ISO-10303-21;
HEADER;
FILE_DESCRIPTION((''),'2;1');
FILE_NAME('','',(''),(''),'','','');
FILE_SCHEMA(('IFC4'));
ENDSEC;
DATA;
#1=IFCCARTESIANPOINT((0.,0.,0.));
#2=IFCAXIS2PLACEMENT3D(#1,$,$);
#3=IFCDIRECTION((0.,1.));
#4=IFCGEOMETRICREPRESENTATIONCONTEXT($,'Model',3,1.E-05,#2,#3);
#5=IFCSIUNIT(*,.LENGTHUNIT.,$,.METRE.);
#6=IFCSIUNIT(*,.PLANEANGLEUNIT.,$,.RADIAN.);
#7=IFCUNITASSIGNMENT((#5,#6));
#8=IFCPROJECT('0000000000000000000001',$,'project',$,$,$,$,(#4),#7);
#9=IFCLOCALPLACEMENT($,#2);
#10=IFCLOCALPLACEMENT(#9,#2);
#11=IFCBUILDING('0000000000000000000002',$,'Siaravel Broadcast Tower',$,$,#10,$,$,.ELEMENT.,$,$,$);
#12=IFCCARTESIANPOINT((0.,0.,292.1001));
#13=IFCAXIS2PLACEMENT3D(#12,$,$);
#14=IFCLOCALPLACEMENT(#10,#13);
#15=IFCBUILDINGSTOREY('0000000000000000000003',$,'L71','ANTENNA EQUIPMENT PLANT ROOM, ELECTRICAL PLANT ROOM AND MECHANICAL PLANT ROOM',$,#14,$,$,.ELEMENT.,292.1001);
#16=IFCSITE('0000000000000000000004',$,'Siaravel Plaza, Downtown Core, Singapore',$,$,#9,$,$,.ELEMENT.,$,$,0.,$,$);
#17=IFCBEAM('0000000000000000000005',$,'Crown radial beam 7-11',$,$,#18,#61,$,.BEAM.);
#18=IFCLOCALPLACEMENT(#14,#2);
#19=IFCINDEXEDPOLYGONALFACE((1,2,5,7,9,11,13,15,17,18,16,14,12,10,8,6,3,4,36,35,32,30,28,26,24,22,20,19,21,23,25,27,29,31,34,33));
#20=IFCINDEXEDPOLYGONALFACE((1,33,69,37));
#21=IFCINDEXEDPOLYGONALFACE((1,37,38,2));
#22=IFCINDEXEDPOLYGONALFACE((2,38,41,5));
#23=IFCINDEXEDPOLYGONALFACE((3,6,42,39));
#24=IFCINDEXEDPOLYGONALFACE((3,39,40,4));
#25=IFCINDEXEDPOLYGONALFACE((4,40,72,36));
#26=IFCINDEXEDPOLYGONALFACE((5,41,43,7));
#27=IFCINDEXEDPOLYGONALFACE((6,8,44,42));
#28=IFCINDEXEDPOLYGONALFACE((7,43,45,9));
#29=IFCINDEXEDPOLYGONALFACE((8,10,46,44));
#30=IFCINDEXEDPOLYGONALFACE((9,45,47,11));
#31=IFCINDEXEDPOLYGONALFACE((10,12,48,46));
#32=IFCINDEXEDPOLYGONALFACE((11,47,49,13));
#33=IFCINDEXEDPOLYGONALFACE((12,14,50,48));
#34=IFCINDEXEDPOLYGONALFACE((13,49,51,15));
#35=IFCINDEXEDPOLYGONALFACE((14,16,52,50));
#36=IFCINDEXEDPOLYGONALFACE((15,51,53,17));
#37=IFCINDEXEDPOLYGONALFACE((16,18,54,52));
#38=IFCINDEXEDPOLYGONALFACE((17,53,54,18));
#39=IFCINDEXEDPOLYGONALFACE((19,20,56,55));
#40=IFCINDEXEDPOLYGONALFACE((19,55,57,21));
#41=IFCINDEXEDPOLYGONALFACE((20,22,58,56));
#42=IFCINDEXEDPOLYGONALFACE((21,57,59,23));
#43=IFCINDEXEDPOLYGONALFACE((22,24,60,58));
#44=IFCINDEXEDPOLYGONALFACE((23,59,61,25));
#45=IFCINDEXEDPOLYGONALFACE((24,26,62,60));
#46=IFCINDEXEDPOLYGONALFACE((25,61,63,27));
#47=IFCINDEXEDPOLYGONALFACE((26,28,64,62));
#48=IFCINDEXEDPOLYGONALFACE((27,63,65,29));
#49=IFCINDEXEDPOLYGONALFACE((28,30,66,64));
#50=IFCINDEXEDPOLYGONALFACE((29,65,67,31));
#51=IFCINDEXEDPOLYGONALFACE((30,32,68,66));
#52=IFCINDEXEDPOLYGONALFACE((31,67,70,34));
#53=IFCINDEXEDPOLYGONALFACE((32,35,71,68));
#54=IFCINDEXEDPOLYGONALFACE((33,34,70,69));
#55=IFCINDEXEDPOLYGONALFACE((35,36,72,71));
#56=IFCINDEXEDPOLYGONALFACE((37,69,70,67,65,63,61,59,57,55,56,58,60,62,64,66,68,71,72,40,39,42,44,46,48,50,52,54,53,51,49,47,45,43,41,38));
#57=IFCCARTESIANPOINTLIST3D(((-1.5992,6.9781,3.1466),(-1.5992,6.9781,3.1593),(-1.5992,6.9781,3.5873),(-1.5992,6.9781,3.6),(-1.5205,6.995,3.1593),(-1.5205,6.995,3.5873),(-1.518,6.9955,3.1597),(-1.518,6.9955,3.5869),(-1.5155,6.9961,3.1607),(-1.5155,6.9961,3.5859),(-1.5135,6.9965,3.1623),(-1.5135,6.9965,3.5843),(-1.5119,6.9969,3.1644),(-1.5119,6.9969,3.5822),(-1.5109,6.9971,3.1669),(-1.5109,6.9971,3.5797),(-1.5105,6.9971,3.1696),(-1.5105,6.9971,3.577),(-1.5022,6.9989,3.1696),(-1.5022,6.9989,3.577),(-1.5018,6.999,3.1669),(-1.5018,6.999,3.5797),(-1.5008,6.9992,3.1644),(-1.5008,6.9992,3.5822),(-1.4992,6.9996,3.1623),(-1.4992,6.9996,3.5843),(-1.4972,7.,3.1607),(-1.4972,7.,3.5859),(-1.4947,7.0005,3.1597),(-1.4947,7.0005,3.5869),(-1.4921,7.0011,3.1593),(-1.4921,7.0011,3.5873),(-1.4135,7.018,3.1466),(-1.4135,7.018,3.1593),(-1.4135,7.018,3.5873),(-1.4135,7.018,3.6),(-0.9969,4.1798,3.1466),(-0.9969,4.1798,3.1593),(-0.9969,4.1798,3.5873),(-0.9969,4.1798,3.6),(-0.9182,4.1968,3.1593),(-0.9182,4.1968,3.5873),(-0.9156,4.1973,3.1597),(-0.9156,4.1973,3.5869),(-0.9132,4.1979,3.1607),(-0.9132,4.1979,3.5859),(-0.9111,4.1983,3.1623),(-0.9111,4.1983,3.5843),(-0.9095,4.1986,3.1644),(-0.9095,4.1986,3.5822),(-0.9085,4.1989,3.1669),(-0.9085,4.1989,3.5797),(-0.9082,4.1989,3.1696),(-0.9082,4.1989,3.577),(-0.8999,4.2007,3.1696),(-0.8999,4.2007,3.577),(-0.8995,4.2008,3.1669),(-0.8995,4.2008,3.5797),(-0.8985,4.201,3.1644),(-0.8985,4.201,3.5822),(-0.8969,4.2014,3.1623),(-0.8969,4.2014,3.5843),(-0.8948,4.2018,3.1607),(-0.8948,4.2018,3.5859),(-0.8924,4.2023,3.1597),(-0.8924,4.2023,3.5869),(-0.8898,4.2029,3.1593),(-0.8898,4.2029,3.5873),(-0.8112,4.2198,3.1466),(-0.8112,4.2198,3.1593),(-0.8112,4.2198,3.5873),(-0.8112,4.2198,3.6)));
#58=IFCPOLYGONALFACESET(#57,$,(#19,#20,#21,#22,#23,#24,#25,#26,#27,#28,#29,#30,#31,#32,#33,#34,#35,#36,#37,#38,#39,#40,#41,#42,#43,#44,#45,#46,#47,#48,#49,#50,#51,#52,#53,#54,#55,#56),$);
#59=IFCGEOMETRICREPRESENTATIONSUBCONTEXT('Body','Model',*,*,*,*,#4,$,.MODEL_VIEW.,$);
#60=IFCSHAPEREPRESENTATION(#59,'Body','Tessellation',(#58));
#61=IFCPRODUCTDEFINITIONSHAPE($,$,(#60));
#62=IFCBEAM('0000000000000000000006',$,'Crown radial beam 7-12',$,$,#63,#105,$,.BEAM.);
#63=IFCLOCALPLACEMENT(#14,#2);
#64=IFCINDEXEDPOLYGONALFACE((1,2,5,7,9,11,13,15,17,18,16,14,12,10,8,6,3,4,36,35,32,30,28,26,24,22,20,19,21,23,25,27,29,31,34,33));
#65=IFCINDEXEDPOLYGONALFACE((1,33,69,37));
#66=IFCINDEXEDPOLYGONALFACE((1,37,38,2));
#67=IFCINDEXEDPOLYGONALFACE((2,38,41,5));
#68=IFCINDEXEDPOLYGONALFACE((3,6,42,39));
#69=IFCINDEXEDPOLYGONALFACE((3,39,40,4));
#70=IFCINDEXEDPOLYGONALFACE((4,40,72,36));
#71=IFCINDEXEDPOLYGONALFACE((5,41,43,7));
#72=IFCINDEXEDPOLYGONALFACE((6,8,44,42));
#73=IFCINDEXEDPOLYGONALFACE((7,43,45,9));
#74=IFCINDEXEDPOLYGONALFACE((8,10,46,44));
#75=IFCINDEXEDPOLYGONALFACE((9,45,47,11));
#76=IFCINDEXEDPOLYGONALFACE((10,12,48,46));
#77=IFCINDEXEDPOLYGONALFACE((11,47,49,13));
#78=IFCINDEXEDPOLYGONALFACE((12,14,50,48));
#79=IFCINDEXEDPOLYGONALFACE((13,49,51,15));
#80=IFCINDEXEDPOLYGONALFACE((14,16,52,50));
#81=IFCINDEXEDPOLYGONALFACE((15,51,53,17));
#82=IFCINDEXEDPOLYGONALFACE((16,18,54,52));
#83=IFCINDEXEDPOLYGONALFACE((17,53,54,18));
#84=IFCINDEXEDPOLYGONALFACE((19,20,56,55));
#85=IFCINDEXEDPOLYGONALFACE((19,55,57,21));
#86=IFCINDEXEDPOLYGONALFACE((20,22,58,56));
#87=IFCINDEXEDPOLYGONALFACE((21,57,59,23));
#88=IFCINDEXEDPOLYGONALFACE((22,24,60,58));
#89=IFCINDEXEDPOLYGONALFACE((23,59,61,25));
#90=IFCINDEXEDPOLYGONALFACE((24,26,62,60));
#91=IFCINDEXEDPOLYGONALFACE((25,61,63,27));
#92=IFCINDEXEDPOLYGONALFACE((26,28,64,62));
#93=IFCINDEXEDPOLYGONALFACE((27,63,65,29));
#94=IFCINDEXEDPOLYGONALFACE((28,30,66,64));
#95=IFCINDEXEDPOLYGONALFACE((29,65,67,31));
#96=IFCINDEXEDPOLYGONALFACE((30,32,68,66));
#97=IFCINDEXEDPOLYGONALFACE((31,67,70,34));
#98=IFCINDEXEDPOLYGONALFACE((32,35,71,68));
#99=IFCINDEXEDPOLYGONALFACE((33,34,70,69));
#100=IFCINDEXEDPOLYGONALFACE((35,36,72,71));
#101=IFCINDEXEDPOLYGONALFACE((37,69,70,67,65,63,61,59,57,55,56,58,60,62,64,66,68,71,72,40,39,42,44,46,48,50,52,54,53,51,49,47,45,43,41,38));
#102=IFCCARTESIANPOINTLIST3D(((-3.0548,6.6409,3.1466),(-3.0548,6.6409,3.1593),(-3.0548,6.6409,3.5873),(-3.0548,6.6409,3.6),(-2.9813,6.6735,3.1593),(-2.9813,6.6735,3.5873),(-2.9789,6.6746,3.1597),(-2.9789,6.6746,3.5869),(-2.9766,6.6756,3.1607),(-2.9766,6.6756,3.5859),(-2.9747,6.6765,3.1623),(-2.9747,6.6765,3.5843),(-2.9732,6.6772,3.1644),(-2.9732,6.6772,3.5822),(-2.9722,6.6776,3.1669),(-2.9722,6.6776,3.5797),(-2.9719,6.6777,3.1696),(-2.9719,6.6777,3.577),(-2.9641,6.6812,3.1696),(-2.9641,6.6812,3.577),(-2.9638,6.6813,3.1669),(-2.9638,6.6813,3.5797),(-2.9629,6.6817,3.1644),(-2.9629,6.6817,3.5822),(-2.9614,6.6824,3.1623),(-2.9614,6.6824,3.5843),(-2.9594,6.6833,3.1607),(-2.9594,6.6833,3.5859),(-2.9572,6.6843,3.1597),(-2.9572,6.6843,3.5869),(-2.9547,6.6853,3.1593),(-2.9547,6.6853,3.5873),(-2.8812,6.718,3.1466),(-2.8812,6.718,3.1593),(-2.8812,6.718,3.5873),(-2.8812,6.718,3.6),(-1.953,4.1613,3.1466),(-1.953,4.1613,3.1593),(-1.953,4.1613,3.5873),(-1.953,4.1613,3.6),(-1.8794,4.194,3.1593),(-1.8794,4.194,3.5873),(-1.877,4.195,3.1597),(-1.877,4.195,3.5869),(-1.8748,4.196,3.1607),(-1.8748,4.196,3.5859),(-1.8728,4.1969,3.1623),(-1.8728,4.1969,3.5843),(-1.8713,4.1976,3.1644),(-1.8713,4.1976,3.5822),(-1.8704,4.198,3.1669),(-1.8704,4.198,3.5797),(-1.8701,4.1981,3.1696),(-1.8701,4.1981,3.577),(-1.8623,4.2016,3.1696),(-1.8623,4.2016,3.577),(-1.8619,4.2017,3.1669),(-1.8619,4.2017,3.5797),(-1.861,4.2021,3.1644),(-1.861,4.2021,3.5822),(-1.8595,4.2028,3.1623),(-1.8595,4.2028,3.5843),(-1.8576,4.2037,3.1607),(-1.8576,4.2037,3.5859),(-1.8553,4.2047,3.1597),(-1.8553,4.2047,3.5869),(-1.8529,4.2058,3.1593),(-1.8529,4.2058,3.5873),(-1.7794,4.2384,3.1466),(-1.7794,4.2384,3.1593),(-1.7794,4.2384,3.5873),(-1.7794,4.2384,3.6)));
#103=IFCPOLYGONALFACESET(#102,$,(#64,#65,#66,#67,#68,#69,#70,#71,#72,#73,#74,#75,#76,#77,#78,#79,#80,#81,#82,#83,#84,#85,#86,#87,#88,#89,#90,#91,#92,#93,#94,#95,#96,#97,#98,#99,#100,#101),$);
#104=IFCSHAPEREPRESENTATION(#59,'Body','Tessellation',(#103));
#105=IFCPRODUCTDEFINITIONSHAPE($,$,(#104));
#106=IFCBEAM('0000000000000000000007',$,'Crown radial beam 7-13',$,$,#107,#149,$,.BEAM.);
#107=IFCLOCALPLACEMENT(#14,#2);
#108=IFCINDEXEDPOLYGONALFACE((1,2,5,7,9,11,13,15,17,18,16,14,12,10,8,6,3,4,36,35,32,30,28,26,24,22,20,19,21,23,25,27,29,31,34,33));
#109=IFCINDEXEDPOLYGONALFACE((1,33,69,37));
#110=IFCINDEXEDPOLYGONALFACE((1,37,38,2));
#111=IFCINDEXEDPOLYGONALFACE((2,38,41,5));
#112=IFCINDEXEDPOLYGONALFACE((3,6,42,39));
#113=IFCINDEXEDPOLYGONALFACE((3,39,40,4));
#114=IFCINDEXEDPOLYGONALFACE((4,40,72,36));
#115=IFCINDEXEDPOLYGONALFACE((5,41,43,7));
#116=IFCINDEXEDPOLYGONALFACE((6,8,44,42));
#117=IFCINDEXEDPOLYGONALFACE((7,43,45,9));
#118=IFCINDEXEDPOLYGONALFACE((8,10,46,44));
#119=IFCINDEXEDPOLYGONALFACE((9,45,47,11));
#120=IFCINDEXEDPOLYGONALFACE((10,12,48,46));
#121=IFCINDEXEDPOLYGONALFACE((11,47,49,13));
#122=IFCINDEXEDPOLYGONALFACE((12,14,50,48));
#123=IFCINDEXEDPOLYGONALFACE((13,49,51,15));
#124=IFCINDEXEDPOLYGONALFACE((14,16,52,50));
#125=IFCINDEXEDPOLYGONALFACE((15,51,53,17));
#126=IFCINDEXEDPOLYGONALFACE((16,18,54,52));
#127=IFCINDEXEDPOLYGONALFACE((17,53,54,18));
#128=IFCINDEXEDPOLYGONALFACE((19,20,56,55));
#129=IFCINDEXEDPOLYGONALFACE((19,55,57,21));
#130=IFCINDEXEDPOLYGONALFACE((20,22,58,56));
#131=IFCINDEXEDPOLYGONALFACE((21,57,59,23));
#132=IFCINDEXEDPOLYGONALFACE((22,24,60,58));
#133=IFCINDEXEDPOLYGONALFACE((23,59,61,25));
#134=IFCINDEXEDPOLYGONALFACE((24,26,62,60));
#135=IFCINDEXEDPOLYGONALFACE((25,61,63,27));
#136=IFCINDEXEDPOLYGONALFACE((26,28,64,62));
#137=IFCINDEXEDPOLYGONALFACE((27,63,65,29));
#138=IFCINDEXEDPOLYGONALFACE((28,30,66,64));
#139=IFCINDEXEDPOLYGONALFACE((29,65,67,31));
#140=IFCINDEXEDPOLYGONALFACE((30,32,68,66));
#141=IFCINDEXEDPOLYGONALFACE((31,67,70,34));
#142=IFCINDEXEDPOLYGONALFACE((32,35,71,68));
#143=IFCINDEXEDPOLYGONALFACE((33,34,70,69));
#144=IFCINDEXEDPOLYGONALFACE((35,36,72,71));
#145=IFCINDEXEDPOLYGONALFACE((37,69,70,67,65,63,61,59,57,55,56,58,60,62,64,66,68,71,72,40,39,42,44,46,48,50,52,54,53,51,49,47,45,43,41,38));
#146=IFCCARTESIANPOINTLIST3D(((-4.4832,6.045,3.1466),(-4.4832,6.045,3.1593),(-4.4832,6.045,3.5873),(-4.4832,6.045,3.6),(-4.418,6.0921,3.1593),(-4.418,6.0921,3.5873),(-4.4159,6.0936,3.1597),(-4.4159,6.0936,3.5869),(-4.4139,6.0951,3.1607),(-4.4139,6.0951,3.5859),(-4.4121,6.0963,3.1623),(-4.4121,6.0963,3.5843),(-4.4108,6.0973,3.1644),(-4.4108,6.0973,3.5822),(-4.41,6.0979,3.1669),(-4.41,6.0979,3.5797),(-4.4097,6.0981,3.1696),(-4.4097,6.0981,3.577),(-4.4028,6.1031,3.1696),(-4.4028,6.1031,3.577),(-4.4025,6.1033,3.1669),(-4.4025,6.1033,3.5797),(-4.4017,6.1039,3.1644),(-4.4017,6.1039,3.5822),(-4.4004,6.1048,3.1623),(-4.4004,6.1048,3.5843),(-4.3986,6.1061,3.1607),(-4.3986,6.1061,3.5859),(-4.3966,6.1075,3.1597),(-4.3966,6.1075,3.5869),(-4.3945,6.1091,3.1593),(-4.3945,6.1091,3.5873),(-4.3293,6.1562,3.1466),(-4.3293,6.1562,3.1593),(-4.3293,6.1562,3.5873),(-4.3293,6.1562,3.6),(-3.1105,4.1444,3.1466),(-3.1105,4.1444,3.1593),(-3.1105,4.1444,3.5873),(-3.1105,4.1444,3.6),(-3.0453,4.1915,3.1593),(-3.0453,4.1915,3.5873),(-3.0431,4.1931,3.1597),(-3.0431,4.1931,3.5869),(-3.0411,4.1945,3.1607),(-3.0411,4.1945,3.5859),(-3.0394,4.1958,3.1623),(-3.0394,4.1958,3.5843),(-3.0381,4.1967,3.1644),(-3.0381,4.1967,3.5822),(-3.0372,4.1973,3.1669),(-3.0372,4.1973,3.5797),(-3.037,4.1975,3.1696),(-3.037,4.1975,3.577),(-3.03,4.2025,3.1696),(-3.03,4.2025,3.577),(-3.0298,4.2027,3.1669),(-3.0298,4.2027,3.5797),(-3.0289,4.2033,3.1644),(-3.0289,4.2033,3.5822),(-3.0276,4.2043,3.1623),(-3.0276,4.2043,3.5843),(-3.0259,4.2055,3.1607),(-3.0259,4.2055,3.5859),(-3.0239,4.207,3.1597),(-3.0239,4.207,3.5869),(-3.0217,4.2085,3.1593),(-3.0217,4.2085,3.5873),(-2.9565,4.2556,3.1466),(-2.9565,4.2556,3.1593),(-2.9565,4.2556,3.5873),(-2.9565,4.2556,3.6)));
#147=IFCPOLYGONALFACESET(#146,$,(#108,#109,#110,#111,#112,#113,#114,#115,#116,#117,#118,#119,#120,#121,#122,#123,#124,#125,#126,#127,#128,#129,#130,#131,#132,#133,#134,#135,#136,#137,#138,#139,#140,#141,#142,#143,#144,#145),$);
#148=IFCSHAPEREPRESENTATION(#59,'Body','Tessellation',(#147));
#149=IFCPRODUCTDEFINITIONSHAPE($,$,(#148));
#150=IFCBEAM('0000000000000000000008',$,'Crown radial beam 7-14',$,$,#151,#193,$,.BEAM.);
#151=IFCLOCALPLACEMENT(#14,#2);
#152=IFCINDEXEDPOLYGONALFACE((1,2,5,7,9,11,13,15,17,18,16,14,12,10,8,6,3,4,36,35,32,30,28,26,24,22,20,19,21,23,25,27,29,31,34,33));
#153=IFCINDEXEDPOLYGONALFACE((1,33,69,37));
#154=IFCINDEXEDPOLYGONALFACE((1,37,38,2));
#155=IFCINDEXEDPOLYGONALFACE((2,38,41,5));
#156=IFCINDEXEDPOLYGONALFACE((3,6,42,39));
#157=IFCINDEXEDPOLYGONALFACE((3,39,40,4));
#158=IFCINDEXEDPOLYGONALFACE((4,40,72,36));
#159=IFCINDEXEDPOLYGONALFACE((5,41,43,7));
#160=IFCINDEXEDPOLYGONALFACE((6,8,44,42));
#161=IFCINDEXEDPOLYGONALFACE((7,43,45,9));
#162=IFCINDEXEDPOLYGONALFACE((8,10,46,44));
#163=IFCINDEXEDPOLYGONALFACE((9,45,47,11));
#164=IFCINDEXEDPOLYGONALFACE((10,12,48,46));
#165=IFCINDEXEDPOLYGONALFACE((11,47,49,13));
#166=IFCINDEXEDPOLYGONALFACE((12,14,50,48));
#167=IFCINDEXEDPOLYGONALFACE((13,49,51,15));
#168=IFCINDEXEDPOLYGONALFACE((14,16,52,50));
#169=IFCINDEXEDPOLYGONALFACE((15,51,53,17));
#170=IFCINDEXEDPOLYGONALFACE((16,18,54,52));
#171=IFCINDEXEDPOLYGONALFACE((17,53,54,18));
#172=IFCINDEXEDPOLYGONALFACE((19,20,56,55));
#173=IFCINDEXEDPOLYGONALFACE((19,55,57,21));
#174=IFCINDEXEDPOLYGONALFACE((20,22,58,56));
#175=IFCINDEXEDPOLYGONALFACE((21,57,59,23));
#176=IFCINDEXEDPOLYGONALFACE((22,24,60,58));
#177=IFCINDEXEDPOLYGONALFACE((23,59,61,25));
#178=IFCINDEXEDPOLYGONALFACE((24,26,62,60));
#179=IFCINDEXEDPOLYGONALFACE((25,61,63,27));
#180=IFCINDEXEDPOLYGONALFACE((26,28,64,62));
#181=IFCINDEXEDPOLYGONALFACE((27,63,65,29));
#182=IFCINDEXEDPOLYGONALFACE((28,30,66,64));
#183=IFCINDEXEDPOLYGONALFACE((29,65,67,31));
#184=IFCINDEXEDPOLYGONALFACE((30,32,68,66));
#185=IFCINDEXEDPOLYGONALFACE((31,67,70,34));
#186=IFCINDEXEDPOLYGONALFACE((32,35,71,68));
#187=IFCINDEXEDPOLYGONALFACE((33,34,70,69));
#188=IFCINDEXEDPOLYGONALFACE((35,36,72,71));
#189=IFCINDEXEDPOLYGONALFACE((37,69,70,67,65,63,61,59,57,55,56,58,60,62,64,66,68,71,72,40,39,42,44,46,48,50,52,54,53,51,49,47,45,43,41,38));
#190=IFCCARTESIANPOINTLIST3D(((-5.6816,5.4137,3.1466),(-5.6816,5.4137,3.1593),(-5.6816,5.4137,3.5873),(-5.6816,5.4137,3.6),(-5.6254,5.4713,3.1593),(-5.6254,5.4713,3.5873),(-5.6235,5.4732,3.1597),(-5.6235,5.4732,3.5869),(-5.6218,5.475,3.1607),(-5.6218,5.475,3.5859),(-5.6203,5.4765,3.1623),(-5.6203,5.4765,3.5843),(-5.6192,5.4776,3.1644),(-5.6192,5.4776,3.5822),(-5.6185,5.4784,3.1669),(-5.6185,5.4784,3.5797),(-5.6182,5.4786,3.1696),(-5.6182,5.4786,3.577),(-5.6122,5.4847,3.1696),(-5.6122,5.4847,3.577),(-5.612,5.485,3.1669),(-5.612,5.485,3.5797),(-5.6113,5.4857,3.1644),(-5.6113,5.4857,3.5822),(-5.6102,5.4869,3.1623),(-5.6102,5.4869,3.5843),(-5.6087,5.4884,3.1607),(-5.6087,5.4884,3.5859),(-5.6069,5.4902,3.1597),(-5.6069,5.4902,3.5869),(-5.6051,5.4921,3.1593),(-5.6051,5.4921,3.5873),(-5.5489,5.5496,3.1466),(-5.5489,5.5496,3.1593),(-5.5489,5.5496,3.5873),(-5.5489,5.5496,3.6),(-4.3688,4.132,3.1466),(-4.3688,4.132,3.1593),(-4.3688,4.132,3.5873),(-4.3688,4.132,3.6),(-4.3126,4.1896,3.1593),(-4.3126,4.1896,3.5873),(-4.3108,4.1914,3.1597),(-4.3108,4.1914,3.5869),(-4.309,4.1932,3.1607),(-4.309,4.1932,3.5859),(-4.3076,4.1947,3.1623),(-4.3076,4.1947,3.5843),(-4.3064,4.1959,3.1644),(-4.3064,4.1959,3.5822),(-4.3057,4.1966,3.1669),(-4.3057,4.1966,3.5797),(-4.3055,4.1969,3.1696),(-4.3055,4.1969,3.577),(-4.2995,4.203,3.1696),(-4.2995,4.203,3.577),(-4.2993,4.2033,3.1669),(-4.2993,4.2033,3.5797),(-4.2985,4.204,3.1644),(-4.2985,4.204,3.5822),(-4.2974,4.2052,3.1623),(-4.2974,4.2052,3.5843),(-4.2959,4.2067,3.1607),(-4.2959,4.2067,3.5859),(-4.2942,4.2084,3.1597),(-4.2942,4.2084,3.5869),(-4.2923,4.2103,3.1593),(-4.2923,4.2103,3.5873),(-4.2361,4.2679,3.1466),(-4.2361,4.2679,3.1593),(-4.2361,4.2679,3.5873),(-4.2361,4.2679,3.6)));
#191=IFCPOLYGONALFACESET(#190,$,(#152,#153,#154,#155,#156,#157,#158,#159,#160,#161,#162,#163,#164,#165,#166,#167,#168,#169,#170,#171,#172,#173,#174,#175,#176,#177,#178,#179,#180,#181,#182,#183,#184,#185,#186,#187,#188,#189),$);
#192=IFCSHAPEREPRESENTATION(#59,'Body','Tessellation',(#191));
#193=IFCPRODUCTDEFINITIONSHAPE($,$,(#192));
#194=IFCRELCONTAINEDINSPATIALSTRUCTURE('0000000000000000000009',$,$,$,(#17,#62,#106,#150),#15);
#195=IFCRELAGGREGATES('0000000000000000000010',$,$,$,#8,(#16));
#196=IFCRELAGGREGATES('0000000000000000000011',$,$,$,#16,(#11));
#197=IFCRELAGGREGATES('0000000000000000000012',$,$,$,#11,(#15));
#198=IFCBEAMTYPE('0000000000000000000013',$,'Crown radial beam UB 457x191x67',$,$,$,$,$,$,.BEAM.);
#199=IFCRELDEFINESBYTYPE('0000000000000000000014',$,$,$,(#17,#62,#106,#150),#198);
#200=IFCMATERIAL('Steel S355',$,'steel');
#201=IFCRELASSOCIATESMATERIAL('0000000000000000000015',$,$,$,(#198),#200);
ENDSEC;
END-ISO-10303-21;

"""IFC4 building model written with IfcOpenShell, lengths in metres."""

from ifc_helpers import new_model, si_unit, direction, frame, origin, origin_2d, place, context, subcontext, project, spatial, i_section, extrude, material, material_profile, profile_set, type_object, element, save


model = new_model("IFC4")

# Units and contexts
model_context = context("Model", 3, precision=1e-05, world=origin(), true_north=direction((0.0, 1.0)))
body_context = subcontext(model_context, "Body", "Model", "MODEL_VIEW")
ifc_project = project(units=[si_unit("LENGTHUNIT", "METRE"), si_unit("PLANEANGLEUNIT", "RADIAN")], contexts=[model_context])

# Site, building, storey
site_placement = place(None, origin())
site = spatial("IfcSite", under=ifc_project, at=site_placement, Name="Siaravel Plaza, Downtown Core, Singapore", CompositionType="ELEMENT", RefElevation=0.0)
building_placement = place(site_placement, origin())
building = spatial("IfcBuilding", under=site, at=building_placement, Name="Siaravel Broadcast Tower", CompositionType="ELEMENT")
storey_placement = place(building_placement, frame((0.0, 0.0, 292.1001)))
storey = spatial("IfcBuildingStorey", under=building, at=storey_placement, Name="L71", Description="ANTENNA EQUIPMENT PLANT ROOM, ELECTRICAL PLANT ROOM AND MECHANICAL PLANT ROOM", CompositionType="ELEMENT", Elevation=292.1001)

# Beams
ifc_material_1 = material(Name="Steel S355", Category="steel")
ifc_material_profile_1 = material_profile(ifc_material_1, i_section(OverallWidth=0.1899, OverallDepth=0.4534, WebThickness=0.0085, FlangeThickness=0.0127, FilletRadius=0.0103, at=origin_2d()))
ifc_profile_set_1 = profile_set([ifc_material_profile_1], Name="Steel S355")
beam_type_1 = type_object("IfcBeamType", Name="Crown radial beam UB 457x191x67", PredefinedType="BEAM", material=ifc_profile_set_1)
beam_1_placement = place(storey_placement, frame((-1.5063, 6.998, 3.3733), z_axis=(0.210432, -0.977609, 0.0), x_axis=(0.977609, 0.210432, 0.0)))
element("IfcBeam", 1, at=beam_1_placement, inside=storey, type_object=beam_type_1, Name="Crown radial beam 7-11", PredefinedType="BEAM", context=body_context, shape_type="SweptSolid", body=[
    extrude(i_section(OverallWidth=0.1899, OverallDepth=0.4534, WebThickness=0.0085, FlangeThickness=0.0127, FilletRadius=0.0103, at=origin_2d()), origin(), (0.0, 0.0, 1.0), 2.8623),
])
beam_2_placement = place(storey_placement, frame((-2.968, 6.6794, 3.3733), z_axis=(0.40608, -0.913838, 0.0), x_axis=(0.913838, 0.40608, 0.0)))
element("IfcBeam", 2, at=beam_2_placement, inside=storey, type_object=beam_type_1, Name="Crown radial beam 7-12", PredefinedType="BEAM", context=body_context, shape_type="SweptSolid", body=[
    extrude(i_section(OverallWidth=0.1899, OverallDepth=0.4534, WebThickness=0.0085, FlangeThickness=0.0127, FilletRadius=0.0103, at=origin_2d()), origin(), (0.0, 0.0, 1.0), 2.7134),
])
beam_3_placement = place(storey_placement, frame((-4.4062, 6.1006, 3.3733), z_axis=(0.585525, -0.810655, 0.0), x_axis=(0.810655, 0.585525, 0.0)))
element("IfcBeam", 3, at=beam_3_placement, inside=storey, type_object=beam_type_1, Name="Crown radial beam 7-13", PredefinedType="BEAM", context=body_context, shape_type="SweptSolid", body=[
    extrude(i_section(OverallWidth=0.1899, OverallDepth=0.4534, WebThickness=0.0085, FlangeThickness=0.0127, FilletRadius=0.0103, at=origin_2d()), origin(), (0.0, 0.0, 1.0), 2.3445),
])
beam_4_placement = place(storey_placement, frame((-5.6152, 5.4817, 3.3733), z_axis=(0.715506, -0.698606, 0.0), x_axis=(0.698606, 0.715506, 0.0)))
element("IfcBeam", 4, at=beam_4_placement, inside=storey, type_object=beam_type_1, Name="Crown radial beam 7-14", PredefinedType="BEAM", context=body_context, shape_type="SweptSolid", body=[
    extrude(i_section(OverallWidth=0.1899, OverallDepth=0.4534, WebThickness=0.0085, FlangeThickness=0.0127, FilletRadius=0.0103, at=origin_2d()), origin(), (0.0, 0.0, 1.0), 1.8347),
])

save(model, "model.ifc")
